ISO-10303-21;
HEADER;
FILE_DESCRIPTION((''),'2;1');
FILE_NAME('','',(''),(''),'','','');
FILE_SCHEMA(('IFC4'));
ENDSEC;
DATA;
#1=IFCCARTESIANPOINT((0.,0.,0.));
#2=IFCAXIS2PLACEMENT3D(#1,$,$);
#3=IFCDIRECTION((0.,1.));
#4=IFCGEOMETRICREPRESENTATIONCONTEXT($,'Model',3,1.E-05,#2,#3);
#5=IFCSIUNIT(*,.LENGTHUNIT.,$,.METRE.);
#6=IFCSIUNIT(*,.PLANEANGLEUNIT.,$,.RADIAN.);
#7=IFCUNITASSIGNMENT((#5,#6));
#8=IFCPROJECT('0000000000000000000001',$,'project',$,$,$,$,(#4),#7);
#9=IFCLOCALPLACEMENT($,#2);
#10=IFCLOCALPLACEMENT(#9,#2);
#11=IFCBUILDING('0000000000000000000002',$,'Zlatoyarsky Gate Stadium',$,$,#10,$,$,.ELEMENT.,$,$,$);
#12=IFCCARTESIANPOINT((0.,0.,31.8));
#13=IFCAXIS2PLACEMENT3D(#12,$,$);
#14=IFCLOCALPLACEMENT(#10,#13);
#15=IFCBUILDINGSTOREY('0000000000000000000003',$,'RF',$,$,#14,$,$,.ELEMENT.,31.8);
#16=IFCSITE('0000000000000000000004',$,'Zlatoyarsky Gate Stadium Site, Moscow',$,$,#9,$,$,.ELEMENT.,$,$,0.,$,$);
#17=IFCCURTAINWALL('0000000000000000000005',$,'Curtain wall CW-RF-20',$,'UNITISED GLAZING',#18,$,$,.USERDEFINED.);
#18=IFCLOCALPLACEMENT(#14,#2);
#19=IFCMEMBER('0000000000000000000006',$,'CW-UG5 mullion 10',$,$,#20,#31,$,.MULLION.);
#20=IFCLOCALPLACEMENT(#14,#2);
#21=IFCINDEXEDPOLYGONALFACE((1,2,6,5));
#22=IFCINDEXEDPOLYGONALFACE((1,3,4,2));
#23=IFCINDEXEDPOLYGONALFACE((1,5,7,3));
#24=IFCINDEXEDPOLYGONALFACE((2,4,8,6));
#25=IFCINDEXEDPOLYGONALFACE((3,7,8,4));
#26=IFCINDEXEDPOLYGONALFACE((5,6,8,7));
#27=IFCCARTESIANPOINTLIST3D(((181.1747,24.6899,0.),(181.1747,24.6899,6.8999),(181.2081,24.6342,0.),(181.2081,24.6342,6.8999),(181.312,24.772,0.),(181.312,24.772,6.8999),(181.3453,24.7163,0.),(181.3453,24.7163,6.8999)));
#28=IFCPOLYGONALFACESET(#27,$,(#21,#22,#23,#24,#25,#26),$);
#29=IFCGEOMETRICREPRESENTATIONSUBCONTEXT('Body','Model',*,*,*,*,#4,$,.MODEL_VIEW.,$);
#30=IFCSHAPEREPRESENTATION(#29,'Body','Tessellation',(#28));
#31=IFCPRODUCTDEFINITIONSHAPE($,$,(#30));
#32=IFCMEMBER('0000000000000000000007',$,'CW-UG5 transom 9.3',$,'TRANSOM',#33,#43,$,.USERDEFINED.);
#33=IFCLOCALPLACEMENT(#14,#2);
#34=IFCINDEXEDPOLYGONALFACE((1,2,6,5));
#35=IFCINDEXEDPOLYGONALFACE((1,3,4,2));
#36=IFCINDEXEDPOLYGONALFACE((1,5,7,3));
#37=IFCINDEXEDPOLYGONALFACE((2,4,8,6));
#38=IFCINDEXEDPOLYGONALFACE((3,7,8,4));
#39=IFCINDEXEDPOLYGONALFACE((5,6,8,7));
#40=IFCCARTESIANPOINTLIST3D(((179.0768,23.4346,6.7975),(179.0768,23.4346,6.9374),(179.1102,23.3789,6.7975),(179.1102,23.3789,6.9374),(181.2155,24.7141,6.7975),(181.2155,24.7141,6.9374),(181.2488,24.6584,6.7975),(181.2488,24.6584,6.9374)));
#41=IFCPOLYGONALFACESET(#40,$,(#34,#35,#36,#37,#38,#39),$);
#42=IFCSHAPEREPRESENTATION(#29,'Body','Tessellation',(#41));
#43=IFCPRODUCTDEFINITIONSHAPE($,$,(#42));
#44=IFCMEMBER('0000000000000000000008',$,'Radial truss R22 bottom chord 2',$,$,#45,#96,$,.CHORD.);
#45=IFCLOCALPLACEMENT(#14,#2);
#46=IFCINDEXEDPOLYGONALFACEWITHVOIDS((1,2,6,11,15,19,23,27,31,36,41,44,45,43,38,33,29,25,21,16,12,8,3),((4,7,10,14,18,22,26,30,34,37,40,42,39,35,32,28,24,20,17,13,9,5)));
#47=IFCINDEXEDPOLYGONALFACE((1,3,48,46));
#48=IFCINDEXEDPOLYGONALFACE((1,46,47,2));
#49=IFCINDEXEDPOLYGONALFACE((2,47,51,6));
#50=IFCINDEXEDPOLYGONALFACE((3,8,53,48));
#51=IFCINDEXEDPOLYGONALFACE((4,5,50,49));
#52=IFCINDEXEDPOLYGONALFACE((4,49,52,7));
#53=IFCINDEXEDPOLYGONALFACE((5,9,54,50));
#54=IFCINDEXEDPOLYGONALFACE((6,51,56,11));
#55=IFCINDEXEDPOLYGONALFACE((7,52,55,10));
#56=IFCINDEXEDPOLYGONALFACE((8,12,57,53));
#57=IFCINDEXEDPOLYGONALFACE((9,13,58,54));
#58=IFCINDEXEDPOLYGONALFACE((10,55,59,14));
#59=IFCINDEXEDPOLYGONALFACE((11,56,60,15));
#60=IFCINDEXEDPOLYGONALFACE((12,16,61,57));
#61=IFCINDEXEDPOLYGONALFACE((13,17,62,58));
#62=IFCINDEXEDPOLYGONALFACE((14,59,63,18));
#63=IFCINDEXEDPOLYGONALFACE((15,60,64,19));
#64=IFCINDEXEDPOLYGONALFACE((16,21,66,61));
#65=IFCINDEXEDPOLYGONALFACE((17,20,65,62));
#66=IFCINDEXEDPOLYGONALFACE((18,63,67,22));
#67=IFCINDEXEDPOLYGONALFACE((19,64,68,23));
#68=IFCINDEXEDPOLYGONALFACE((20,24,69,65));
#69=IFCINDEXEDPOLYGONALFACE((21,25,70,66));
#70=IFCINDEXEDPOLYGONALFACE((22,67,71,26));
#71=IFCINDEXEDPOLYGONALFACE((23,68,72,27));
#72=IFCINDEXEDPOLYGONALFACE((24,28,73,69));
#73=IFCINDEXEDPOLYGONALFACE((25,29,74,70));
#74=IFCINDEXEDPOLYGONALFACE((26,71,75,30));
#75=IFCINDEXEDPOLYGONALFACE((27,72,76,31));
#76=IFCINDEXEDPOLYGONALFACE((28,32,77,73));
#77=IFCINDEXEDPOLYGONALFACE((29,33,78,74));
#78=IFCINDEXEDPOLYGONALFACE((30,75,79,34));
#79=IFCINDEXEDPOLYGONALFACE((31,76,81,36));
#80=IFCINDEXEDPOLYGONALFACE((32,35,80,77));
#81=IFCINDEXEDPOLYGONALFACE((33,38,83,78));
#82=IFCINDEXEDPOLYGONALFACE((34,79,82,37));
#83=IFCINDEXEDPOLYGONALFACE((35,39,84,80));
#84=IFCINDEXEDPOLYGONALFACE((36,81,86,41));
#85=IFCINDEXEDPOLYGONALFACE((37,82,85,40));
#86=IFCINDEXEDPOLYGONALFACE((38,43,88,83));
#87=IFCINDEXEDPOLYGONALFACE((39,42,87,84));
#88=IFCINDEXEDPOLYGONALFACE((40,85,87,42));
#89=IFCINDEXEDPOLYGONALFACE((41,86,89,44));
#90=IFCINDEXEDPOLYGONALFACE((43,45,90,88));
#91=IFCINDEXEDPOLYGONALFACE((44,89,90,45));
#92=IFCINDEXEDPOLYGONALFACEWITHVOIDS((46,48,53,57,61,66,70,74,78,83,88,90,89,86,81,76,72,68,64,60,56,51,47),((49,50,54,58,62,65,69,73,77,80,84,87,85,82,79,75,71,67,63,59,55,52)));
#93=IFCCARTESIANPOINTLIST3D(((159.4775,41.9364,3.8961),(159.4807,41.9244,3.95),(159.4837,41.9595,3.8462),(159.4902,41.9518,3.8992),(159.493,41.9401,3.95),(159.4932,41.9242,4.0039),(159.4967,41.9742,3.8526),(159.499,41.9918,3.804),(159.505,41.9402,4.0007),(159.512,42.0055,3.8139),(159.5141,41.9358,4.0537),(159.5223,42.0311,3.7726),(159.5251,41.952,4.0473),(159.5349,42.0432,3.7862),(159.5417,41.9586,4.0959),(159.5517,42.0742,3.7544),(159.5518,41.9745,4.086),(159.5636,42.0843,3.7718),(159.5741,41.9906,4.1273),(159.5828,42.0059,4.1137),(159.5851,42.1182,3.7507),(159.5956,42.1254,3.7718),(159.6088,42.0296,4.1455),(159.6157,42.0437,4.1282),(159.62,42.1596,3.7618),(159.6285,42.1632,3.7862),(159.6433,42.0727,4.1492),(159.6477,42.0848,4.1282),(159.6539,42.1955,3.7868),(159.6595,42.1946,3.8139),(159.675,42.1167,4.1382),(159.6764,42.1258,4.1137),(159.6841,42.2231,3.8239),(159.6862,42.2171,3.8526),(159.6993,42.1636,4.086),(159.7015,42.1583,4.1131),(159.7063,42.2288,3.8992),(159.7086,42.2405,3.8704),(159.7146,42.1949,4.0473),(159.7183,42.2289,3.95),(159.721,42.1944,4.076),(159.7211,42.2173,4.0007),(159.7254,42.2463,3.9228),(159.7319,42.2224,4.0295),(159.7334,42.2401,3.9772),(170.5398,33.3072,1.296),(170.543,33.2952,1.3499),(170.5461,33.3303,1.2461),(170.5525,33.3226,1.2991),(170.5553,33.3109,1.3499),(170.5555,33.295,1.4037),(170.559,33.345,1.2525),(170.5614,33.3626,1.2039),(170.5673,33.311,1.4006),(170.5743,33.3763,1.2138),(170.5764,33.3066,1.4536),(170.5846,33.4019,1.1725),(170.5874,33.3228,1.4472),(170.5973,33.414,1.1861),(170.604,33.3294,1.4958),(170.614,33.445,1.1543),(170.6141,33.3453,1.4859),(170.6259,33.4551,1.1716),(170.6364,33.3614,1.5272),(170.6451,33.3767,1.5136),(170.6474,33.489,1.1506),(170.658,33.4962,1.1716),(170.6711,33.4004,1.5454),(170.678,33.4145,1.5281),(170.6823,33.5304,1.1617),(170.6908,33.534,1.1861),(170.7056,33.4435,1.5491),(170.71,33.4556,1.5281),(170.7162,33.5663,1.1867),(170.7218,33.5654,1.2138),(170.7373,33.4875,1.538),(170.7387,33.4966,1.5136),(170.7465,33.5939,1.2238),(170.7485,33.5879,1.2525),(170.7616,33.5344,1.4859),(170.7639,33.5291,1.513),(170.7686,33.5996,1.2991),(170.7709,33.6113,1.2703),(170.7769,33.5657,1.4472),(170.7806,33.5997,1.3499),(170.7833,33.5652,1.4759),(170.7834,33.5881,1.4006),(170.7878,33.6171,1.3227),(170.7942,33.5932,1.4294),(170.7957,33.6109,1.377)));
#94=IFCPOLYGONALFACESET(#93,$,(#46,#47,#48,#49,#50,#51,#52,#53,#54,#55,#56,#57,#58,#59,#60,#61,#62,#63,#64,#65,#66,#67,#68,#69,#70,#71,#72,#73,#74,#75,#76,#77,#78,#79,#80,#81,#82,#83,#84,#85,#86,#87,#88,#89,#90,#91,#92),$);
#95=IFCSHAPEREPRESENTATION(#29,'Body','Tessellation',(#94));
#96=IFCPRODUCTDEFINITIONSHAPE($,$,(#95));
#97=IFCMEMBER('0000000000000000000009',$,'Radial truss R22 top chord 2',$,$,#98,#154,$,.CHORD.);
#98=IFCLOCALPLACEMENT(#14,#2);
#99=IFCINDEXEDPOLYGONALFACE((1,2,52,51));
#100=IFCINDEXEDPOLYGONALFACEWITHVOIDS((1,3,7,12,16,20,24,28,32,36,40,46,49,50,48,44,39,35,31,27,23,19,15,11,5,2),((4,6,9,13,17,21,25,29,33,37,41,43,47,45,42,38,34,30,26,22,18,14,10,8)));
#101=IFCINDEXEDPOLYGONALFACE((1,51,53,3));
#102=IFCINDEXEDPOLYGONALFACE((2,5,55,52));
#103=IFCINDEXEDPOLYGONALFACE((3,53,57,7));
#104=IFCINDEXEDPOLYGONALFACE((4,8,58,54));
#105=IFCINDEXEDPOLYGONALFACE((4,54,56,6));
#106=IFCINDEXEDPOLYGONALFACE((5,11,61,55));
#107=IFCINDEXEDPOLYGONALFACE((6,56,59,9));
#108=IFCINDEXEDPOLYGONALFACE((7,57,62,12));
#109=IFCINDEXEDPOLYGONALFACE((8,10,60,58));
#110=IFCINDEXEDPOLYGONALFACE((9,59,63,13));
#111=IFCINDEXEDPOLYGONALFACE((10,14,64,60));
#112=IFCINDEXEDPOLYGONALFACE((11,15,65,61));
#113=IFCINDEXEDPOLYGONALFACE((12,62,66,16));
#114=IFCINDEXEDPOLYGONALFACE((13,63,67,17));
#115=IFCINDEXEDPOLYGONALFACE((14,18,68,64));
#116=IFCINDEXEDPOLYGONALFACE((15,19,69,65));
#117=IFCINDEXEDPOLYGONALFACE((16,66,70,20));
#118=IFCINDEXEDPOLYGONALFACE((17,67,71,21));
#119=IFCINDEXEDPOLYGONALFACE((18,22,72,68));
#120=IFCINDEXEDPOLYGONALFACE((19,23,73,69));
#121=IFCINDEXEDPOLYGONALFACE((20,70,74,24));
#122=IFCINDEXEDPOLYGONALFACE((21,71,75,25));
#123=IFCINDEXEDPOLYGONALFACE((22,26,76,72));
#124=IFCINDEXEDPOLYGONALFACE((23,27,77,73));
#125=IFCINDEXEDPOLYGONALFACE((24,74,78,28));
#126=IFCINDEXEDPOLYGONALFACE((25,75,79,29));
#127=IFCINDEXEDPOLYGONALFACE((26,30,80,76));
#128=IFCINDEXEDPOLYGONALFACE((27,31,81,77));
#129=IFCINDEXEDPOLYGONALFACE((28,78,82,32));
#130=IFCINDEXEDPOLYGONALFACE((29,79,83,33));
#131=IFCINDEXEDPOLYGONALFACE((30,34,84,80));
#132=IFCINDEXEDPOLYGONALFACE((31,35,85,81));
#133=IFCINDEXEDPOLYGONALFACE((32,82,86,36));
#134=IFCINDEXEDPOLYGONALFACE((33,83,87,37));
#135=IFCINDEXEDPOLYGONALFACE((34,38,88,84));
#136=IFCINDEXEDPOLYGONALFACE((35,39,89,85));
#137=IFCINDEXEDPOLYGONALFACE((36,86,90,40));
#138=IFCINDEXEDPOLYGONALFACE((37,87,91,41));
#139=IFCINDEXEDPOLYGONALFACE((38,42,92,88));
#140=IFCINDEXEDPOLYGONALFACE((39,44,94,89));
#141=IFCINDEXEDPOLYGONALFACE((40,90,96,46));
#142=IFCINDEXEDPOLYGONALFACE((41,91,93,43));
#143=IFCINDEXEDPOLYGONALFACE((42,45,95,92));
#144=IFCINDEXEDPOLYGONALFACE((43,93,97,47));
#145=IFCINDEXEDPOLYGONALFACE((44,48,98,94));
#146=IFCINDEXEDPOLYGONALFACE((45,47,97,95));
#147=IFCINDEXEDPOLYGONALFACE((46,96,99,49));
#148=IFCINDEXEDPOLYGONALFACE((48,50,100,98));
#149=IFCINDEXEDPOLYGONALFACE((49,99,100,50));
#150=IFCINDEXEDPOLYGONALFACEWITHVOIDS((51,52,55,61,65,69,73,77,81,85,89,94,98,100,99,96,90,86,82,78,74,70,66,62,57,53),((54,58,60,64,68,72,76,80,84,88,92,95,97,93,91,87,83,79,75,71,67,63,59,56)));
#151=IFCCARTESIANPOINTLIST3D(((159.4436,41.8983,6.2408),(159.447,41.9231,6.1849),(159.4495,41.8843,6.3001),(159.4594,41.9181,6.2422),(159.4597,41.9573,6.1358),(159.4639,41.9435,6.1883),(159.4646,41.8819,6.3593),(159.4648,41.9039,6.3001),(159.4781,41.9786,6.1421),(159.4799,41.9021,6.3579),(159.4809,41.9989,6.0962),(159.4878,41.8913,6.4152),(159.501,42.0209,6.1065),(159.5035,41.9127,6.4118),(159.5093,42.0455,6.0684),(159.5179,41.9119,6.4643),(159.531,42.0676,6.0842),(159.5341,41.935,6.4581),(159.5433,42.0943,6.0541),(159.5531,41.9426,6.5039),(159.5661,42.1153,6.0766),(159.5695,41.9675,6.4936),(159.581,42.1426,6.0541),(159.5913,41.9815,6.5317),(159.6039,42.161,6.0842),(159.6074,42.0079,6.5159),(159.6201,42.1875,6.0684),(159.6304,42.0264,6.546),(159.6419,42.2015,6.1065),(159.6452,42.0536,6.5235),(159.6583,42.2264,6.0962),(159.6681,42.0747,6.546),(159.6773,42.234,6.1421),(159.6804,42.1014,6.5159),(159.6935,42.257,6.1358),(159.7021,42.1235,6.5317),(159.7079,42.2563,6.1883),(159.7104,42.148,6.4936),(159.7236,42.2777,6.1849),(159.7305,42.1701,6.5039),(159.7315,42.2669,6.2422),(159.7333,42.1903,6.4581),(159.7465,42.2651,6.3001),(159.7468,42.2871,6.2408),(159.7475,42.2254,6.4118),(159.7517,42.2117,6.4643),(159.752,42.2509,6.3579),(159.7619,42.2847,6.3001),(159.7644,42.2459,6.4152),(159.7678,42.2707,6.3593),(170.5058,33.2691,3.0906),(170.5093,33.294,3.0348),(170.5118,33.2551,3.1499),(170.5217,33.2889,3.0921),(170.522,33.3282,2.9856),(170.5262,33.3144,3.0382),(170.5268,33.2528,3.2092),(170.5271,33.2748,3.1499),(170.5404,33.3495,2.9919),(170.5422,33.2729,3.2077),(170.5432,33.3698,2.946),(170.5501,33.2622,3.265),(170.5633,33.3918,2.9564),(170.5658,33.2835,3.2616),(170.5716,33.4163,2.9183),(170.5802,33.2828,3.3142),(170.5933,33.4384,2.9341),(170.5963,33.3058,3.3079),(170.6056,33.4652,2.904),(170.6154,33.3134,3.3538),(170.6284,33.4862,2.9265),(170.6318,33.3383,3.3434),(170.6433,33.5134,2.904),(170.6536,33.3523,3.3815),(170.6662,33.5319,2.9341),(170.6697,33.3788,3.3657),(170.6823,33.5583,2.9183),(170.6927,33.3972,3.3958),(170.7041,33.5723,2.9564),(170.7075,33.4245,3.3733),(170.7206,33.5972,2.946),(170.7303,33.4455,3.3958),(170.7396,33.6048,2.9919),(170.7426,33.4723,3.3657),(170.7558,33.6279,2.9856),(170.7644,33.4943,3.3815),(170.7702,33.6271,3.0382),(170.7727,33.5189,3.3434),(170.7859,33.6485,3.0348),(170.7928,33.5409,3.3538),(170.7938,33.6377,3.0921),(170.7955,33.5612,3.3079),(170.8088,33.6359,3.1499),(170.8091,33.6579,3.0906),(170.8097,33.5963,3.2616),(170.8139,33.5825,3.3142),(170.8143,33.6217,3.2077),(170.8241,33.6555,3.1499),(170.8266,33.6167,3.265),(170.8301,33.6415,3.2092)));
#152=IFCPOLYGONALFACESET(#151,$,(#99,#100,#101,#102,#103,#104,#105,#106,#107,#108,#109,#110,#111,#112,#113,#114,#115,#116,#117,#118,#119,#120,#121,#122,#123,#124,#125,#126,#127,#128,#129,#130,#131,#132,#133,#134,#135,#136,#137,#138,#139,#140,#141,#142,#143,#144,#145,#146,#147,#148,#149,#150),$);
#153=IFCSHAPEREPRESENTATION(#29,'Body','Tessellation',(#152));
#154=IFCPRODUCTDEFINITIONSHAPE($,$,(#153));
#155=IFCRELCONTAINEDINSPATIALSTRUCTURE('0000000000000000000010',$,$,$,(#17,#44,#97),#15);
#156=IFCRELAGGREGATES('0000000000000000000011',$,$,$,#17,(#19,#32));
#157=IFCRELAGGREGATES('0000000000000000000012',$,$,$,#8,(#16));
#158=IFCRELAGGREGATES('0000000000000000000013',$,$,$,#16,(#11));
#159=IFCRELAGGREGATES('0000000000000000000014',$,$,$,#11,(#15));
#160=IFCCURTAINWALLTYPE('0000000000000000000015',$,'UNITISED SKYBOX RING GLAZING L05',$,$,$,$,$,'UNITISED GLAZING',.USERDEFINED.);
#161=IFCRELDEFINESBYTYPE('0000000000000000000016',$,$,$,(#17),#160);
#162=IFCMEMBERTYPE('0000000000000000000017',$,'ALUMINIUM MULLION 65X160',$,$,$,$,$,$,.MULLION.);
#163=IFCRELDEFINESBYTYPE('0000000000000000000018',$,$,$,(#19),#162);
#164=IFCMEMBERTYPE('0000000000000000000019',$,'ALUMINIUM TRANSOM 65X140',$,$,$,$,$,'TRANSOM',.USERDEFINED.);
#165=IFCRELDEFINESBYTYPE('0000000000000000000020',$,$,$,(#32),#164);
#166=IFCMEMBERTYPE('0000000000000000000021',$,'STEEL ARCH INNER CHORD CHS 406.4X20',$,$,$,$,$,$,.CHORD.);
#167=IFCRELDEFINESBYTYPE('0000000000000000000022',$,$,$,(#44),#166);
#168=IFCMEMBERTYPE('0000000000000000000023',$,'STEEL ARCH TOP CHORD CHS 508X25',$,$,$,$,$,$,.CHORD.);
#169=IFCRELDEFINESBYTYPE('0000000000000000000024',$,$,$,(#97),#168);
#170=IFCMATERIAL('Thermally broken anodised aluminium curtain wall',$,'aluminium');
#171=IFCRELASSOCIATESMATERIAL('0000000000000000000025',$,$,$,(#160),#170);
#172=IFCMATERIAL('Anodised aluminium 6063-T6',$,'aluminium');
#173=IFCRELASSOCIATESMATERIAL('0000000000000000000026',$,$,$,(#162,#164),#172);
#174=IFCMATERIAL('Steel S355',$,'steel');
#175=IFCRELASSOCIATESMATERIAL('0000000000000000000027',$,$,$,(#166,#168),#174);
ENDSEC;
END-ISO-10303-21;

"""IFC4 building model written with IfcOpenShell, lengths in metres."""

from ifc_helpers import new_model, si_unit, direction, frame, origin, origin_2d, place, context, subcontext, project, spatial, rectangle, hollow_circle, extrude, material, material_profile, profile_set, type_object, element, aggregate, save


model = new_model("IFC4")

# Units and contexts
model_context = context("Model", 3, precision=1e-05, world=origin(), true_north=direction((0.0, 1.0)))
body_context = subcontext(model_context, "Body", "Model", "MODEL_VIEW")
ifc_project = project(units=[si_unit("LENGTHUNIT", "METRE"), si_unit("PLANEANGLEUNIT", "RADIAN")], contexts=[model_context])

# Site, building, storey
site_placement = place(None, origin())
site = spatial("IfcSite", under=ifc_project, at=site_placement, Name="Zlatoyarsky Gate Stadium Site, Moscow", CompositionType="ELEMENT", RefElevation=0.0)
building_placement = place(site_placement, origin())
building = spatial("IfcBuilding", under=site, at=building_placement, Name="Zlatoyarsky Gate Stadium", CompositionType="ELEMENT")
storey_placement = place(building_placement, frame((0.0, 0.0, 31.8)))
storey = spatial("IfcBuildingStorey", under=building, at=storey_placement, Name="RF", CompositionType="ELEMENT", Elevation=31.8)

# Curtain wall, members
ifc_material_1 = material(Name="Thermally broken anodised aluminium curtain wall", Category="aluminium")
curtain_wall_type = type_object("IfcCurtainWallType", Name="UNITISED SKYBOX RING GLAZING L05", ElementType="UNITISED GLAZING", PredefinedType="USERDEFINED", material=ifc_material_1)
curtain_wall_placement = place(storey_placement, origin())
curtain_wall = element("IfcCurtainWall", 1, at=curtain_wall_placement, inside=storey, type_object=curtain_wall_type, Name="Curtain wall CW-RF-20", ObjectType="UNITISED GLAZING", PredefinedType="USERDEFINED")
ifc_material_2 = material(Name="Anodised aluminium 6063-T6", Category="aluminium")
ifc_material_profile_1 = material_profile(ifc_material_2, rectangle(XDim=0.0649, YDim=0.1599, at=origin_2d()), Name="ALU 65X160")
ifc_profile_set_1 = profile_set([ifc_material_profile_1], Name="Anodised aluminium 6063-T6")
member_type_1 = type_object("IfcMemberType", Name="ALUMINIUM MULLION 65X160", PredefinedType="MULLION", material=ifc_profile_set_1)
member_1_placement = place(storey_placement, frame((181.26, 24.7031, 0.0), z_axis=(0.0, 0.0, 1.0), x_axis=(-0.513436, 0.858128, 0.0)))
member_1 = element("IfcMember", 2, at=member_1_placement, type_object=member_type_1, Name="CW-UG5 mullion 10", PredefinedType="MULLION", context=body_context, shape_type="SweptSolid", body=[
    extrude(rectangle(XDim=0.0649, YDim=0.1599, at=origin_2d()), origin(), (0.0, 0.0, 1.0), 6.8999),
])
ifc_material_profile_2 = material_profile(ifc_material_2, rectangle(XDim=0.0649, YDim=0.1399, at=origin_2d()), Name="ALU 65X140")
ifc_profile_set_2 = profile_set([ifc_material_profile_2], Name="Anodised aluminium 6063-T6")
member_type_2 = type_object("IfcMemberType", Name="ALUMINIUM TRANSOM 65X140", ElementType="TRANSOM", PredefinedType="USERDEFINED", material=ifc_profile_set_2)
member_2_placement = place(storey_placement, frame((179.0935, 23.4067, 6.8674), z_axis=(0.858141, 0.513415, 0.0), x_axis=(-0.513415, 0.858141, 0.0)))
member_2 = element("IfcMember", 3, at=member_2_placement, type_object=member_type_2, Name="CW-UG5 transom 9.3", ObjectType="TRANSOM", PredefinedType="USERDEFINED", context=body_context, shape_type="SweptSolid", body=[
    extrude(rectangle(XDim=0.0649, YDim=0.1399, at=origin_2d()), origin(), (0.0, 0.0, 1.0), 2.4922),
])

# Members
ifc_material_3 = material(Name="Steel S355", Category="steel")
ifc_material_profile_3 = material_profile(ifc_material_3, hollow_circle(Radius=0.2031, WallThickness=0.02, at=origin_2d()), Name="CHS 406.4X20")
ifc_profile_set_3 = profile_set([ifc_material_profile_3], Name="Steel S355")
member_type_3 = type_object("IfcMemberType", Name="STEEL ARCH INNER CHORD CHS 406.4X20", PredefinedType="CHORD", material=ifc_profile_set_3)
member_3_placement = place(storey_placement, frame((170.668, 33.4553, 1.3499), z_axis=(-0.77528, 0.60476, 0.182224), x_axis=(-0.615058, -0.788482, 0.0)))
element("IfcMember", 4, at=member_3_placement, inside=storey, type_object=member_type_3, Name="Radial truss R22 bottom chord 2", PredefinedType="CHORD", context=body_context, shape_type="SweptSolid", body=[
    extrude(hollow_circle(Radius=0.2031, WallThickness=0.02, at=origin_2d()), origin(), (0.0, 0.0, 1.0), 14.2688),
])
ifc_material_profile_4 = material_profile(ifc_material_3, hollow_circle(Radius=0.2539, WallThickness=0.0249, at=origin_2d()), Name="CHS 508X25")
ifc_profile_set_4 = profile_set([ifc_material_profile_4], Name="Steel S355")
member_type_4 = type_object("IfcMemberType", Name="STEEL ARCH TOP CHORD CHS 508X25", PredefinedType="CHORD", material=ifc_profile_set_4)
member_4_placement = place(storey_placement, frame((170.668, 33.4553, 3.1499), z_axis=(-0.769328, 0.600117, 0.219078), x_axis=(-0.615058, -0.788482, 0.0)))
element("IfcMember", 5, at=member_4_placement, inside=storey, type_object=member_type_4, Name="Radial truss R22 top chord 2", PredefinedType="CHORD", context=body_context, shape_type="SweptSolid", body=[
    extrude(hollow_circle(Radius=0.2539, WallThickness=0.0249, at=origin_2d()), origin(), (0.0, 0.0, 1.0), 14.3792),
])

aggregate(curtain_wall, [member_1, member_2])

save(model, "model.ifc")
